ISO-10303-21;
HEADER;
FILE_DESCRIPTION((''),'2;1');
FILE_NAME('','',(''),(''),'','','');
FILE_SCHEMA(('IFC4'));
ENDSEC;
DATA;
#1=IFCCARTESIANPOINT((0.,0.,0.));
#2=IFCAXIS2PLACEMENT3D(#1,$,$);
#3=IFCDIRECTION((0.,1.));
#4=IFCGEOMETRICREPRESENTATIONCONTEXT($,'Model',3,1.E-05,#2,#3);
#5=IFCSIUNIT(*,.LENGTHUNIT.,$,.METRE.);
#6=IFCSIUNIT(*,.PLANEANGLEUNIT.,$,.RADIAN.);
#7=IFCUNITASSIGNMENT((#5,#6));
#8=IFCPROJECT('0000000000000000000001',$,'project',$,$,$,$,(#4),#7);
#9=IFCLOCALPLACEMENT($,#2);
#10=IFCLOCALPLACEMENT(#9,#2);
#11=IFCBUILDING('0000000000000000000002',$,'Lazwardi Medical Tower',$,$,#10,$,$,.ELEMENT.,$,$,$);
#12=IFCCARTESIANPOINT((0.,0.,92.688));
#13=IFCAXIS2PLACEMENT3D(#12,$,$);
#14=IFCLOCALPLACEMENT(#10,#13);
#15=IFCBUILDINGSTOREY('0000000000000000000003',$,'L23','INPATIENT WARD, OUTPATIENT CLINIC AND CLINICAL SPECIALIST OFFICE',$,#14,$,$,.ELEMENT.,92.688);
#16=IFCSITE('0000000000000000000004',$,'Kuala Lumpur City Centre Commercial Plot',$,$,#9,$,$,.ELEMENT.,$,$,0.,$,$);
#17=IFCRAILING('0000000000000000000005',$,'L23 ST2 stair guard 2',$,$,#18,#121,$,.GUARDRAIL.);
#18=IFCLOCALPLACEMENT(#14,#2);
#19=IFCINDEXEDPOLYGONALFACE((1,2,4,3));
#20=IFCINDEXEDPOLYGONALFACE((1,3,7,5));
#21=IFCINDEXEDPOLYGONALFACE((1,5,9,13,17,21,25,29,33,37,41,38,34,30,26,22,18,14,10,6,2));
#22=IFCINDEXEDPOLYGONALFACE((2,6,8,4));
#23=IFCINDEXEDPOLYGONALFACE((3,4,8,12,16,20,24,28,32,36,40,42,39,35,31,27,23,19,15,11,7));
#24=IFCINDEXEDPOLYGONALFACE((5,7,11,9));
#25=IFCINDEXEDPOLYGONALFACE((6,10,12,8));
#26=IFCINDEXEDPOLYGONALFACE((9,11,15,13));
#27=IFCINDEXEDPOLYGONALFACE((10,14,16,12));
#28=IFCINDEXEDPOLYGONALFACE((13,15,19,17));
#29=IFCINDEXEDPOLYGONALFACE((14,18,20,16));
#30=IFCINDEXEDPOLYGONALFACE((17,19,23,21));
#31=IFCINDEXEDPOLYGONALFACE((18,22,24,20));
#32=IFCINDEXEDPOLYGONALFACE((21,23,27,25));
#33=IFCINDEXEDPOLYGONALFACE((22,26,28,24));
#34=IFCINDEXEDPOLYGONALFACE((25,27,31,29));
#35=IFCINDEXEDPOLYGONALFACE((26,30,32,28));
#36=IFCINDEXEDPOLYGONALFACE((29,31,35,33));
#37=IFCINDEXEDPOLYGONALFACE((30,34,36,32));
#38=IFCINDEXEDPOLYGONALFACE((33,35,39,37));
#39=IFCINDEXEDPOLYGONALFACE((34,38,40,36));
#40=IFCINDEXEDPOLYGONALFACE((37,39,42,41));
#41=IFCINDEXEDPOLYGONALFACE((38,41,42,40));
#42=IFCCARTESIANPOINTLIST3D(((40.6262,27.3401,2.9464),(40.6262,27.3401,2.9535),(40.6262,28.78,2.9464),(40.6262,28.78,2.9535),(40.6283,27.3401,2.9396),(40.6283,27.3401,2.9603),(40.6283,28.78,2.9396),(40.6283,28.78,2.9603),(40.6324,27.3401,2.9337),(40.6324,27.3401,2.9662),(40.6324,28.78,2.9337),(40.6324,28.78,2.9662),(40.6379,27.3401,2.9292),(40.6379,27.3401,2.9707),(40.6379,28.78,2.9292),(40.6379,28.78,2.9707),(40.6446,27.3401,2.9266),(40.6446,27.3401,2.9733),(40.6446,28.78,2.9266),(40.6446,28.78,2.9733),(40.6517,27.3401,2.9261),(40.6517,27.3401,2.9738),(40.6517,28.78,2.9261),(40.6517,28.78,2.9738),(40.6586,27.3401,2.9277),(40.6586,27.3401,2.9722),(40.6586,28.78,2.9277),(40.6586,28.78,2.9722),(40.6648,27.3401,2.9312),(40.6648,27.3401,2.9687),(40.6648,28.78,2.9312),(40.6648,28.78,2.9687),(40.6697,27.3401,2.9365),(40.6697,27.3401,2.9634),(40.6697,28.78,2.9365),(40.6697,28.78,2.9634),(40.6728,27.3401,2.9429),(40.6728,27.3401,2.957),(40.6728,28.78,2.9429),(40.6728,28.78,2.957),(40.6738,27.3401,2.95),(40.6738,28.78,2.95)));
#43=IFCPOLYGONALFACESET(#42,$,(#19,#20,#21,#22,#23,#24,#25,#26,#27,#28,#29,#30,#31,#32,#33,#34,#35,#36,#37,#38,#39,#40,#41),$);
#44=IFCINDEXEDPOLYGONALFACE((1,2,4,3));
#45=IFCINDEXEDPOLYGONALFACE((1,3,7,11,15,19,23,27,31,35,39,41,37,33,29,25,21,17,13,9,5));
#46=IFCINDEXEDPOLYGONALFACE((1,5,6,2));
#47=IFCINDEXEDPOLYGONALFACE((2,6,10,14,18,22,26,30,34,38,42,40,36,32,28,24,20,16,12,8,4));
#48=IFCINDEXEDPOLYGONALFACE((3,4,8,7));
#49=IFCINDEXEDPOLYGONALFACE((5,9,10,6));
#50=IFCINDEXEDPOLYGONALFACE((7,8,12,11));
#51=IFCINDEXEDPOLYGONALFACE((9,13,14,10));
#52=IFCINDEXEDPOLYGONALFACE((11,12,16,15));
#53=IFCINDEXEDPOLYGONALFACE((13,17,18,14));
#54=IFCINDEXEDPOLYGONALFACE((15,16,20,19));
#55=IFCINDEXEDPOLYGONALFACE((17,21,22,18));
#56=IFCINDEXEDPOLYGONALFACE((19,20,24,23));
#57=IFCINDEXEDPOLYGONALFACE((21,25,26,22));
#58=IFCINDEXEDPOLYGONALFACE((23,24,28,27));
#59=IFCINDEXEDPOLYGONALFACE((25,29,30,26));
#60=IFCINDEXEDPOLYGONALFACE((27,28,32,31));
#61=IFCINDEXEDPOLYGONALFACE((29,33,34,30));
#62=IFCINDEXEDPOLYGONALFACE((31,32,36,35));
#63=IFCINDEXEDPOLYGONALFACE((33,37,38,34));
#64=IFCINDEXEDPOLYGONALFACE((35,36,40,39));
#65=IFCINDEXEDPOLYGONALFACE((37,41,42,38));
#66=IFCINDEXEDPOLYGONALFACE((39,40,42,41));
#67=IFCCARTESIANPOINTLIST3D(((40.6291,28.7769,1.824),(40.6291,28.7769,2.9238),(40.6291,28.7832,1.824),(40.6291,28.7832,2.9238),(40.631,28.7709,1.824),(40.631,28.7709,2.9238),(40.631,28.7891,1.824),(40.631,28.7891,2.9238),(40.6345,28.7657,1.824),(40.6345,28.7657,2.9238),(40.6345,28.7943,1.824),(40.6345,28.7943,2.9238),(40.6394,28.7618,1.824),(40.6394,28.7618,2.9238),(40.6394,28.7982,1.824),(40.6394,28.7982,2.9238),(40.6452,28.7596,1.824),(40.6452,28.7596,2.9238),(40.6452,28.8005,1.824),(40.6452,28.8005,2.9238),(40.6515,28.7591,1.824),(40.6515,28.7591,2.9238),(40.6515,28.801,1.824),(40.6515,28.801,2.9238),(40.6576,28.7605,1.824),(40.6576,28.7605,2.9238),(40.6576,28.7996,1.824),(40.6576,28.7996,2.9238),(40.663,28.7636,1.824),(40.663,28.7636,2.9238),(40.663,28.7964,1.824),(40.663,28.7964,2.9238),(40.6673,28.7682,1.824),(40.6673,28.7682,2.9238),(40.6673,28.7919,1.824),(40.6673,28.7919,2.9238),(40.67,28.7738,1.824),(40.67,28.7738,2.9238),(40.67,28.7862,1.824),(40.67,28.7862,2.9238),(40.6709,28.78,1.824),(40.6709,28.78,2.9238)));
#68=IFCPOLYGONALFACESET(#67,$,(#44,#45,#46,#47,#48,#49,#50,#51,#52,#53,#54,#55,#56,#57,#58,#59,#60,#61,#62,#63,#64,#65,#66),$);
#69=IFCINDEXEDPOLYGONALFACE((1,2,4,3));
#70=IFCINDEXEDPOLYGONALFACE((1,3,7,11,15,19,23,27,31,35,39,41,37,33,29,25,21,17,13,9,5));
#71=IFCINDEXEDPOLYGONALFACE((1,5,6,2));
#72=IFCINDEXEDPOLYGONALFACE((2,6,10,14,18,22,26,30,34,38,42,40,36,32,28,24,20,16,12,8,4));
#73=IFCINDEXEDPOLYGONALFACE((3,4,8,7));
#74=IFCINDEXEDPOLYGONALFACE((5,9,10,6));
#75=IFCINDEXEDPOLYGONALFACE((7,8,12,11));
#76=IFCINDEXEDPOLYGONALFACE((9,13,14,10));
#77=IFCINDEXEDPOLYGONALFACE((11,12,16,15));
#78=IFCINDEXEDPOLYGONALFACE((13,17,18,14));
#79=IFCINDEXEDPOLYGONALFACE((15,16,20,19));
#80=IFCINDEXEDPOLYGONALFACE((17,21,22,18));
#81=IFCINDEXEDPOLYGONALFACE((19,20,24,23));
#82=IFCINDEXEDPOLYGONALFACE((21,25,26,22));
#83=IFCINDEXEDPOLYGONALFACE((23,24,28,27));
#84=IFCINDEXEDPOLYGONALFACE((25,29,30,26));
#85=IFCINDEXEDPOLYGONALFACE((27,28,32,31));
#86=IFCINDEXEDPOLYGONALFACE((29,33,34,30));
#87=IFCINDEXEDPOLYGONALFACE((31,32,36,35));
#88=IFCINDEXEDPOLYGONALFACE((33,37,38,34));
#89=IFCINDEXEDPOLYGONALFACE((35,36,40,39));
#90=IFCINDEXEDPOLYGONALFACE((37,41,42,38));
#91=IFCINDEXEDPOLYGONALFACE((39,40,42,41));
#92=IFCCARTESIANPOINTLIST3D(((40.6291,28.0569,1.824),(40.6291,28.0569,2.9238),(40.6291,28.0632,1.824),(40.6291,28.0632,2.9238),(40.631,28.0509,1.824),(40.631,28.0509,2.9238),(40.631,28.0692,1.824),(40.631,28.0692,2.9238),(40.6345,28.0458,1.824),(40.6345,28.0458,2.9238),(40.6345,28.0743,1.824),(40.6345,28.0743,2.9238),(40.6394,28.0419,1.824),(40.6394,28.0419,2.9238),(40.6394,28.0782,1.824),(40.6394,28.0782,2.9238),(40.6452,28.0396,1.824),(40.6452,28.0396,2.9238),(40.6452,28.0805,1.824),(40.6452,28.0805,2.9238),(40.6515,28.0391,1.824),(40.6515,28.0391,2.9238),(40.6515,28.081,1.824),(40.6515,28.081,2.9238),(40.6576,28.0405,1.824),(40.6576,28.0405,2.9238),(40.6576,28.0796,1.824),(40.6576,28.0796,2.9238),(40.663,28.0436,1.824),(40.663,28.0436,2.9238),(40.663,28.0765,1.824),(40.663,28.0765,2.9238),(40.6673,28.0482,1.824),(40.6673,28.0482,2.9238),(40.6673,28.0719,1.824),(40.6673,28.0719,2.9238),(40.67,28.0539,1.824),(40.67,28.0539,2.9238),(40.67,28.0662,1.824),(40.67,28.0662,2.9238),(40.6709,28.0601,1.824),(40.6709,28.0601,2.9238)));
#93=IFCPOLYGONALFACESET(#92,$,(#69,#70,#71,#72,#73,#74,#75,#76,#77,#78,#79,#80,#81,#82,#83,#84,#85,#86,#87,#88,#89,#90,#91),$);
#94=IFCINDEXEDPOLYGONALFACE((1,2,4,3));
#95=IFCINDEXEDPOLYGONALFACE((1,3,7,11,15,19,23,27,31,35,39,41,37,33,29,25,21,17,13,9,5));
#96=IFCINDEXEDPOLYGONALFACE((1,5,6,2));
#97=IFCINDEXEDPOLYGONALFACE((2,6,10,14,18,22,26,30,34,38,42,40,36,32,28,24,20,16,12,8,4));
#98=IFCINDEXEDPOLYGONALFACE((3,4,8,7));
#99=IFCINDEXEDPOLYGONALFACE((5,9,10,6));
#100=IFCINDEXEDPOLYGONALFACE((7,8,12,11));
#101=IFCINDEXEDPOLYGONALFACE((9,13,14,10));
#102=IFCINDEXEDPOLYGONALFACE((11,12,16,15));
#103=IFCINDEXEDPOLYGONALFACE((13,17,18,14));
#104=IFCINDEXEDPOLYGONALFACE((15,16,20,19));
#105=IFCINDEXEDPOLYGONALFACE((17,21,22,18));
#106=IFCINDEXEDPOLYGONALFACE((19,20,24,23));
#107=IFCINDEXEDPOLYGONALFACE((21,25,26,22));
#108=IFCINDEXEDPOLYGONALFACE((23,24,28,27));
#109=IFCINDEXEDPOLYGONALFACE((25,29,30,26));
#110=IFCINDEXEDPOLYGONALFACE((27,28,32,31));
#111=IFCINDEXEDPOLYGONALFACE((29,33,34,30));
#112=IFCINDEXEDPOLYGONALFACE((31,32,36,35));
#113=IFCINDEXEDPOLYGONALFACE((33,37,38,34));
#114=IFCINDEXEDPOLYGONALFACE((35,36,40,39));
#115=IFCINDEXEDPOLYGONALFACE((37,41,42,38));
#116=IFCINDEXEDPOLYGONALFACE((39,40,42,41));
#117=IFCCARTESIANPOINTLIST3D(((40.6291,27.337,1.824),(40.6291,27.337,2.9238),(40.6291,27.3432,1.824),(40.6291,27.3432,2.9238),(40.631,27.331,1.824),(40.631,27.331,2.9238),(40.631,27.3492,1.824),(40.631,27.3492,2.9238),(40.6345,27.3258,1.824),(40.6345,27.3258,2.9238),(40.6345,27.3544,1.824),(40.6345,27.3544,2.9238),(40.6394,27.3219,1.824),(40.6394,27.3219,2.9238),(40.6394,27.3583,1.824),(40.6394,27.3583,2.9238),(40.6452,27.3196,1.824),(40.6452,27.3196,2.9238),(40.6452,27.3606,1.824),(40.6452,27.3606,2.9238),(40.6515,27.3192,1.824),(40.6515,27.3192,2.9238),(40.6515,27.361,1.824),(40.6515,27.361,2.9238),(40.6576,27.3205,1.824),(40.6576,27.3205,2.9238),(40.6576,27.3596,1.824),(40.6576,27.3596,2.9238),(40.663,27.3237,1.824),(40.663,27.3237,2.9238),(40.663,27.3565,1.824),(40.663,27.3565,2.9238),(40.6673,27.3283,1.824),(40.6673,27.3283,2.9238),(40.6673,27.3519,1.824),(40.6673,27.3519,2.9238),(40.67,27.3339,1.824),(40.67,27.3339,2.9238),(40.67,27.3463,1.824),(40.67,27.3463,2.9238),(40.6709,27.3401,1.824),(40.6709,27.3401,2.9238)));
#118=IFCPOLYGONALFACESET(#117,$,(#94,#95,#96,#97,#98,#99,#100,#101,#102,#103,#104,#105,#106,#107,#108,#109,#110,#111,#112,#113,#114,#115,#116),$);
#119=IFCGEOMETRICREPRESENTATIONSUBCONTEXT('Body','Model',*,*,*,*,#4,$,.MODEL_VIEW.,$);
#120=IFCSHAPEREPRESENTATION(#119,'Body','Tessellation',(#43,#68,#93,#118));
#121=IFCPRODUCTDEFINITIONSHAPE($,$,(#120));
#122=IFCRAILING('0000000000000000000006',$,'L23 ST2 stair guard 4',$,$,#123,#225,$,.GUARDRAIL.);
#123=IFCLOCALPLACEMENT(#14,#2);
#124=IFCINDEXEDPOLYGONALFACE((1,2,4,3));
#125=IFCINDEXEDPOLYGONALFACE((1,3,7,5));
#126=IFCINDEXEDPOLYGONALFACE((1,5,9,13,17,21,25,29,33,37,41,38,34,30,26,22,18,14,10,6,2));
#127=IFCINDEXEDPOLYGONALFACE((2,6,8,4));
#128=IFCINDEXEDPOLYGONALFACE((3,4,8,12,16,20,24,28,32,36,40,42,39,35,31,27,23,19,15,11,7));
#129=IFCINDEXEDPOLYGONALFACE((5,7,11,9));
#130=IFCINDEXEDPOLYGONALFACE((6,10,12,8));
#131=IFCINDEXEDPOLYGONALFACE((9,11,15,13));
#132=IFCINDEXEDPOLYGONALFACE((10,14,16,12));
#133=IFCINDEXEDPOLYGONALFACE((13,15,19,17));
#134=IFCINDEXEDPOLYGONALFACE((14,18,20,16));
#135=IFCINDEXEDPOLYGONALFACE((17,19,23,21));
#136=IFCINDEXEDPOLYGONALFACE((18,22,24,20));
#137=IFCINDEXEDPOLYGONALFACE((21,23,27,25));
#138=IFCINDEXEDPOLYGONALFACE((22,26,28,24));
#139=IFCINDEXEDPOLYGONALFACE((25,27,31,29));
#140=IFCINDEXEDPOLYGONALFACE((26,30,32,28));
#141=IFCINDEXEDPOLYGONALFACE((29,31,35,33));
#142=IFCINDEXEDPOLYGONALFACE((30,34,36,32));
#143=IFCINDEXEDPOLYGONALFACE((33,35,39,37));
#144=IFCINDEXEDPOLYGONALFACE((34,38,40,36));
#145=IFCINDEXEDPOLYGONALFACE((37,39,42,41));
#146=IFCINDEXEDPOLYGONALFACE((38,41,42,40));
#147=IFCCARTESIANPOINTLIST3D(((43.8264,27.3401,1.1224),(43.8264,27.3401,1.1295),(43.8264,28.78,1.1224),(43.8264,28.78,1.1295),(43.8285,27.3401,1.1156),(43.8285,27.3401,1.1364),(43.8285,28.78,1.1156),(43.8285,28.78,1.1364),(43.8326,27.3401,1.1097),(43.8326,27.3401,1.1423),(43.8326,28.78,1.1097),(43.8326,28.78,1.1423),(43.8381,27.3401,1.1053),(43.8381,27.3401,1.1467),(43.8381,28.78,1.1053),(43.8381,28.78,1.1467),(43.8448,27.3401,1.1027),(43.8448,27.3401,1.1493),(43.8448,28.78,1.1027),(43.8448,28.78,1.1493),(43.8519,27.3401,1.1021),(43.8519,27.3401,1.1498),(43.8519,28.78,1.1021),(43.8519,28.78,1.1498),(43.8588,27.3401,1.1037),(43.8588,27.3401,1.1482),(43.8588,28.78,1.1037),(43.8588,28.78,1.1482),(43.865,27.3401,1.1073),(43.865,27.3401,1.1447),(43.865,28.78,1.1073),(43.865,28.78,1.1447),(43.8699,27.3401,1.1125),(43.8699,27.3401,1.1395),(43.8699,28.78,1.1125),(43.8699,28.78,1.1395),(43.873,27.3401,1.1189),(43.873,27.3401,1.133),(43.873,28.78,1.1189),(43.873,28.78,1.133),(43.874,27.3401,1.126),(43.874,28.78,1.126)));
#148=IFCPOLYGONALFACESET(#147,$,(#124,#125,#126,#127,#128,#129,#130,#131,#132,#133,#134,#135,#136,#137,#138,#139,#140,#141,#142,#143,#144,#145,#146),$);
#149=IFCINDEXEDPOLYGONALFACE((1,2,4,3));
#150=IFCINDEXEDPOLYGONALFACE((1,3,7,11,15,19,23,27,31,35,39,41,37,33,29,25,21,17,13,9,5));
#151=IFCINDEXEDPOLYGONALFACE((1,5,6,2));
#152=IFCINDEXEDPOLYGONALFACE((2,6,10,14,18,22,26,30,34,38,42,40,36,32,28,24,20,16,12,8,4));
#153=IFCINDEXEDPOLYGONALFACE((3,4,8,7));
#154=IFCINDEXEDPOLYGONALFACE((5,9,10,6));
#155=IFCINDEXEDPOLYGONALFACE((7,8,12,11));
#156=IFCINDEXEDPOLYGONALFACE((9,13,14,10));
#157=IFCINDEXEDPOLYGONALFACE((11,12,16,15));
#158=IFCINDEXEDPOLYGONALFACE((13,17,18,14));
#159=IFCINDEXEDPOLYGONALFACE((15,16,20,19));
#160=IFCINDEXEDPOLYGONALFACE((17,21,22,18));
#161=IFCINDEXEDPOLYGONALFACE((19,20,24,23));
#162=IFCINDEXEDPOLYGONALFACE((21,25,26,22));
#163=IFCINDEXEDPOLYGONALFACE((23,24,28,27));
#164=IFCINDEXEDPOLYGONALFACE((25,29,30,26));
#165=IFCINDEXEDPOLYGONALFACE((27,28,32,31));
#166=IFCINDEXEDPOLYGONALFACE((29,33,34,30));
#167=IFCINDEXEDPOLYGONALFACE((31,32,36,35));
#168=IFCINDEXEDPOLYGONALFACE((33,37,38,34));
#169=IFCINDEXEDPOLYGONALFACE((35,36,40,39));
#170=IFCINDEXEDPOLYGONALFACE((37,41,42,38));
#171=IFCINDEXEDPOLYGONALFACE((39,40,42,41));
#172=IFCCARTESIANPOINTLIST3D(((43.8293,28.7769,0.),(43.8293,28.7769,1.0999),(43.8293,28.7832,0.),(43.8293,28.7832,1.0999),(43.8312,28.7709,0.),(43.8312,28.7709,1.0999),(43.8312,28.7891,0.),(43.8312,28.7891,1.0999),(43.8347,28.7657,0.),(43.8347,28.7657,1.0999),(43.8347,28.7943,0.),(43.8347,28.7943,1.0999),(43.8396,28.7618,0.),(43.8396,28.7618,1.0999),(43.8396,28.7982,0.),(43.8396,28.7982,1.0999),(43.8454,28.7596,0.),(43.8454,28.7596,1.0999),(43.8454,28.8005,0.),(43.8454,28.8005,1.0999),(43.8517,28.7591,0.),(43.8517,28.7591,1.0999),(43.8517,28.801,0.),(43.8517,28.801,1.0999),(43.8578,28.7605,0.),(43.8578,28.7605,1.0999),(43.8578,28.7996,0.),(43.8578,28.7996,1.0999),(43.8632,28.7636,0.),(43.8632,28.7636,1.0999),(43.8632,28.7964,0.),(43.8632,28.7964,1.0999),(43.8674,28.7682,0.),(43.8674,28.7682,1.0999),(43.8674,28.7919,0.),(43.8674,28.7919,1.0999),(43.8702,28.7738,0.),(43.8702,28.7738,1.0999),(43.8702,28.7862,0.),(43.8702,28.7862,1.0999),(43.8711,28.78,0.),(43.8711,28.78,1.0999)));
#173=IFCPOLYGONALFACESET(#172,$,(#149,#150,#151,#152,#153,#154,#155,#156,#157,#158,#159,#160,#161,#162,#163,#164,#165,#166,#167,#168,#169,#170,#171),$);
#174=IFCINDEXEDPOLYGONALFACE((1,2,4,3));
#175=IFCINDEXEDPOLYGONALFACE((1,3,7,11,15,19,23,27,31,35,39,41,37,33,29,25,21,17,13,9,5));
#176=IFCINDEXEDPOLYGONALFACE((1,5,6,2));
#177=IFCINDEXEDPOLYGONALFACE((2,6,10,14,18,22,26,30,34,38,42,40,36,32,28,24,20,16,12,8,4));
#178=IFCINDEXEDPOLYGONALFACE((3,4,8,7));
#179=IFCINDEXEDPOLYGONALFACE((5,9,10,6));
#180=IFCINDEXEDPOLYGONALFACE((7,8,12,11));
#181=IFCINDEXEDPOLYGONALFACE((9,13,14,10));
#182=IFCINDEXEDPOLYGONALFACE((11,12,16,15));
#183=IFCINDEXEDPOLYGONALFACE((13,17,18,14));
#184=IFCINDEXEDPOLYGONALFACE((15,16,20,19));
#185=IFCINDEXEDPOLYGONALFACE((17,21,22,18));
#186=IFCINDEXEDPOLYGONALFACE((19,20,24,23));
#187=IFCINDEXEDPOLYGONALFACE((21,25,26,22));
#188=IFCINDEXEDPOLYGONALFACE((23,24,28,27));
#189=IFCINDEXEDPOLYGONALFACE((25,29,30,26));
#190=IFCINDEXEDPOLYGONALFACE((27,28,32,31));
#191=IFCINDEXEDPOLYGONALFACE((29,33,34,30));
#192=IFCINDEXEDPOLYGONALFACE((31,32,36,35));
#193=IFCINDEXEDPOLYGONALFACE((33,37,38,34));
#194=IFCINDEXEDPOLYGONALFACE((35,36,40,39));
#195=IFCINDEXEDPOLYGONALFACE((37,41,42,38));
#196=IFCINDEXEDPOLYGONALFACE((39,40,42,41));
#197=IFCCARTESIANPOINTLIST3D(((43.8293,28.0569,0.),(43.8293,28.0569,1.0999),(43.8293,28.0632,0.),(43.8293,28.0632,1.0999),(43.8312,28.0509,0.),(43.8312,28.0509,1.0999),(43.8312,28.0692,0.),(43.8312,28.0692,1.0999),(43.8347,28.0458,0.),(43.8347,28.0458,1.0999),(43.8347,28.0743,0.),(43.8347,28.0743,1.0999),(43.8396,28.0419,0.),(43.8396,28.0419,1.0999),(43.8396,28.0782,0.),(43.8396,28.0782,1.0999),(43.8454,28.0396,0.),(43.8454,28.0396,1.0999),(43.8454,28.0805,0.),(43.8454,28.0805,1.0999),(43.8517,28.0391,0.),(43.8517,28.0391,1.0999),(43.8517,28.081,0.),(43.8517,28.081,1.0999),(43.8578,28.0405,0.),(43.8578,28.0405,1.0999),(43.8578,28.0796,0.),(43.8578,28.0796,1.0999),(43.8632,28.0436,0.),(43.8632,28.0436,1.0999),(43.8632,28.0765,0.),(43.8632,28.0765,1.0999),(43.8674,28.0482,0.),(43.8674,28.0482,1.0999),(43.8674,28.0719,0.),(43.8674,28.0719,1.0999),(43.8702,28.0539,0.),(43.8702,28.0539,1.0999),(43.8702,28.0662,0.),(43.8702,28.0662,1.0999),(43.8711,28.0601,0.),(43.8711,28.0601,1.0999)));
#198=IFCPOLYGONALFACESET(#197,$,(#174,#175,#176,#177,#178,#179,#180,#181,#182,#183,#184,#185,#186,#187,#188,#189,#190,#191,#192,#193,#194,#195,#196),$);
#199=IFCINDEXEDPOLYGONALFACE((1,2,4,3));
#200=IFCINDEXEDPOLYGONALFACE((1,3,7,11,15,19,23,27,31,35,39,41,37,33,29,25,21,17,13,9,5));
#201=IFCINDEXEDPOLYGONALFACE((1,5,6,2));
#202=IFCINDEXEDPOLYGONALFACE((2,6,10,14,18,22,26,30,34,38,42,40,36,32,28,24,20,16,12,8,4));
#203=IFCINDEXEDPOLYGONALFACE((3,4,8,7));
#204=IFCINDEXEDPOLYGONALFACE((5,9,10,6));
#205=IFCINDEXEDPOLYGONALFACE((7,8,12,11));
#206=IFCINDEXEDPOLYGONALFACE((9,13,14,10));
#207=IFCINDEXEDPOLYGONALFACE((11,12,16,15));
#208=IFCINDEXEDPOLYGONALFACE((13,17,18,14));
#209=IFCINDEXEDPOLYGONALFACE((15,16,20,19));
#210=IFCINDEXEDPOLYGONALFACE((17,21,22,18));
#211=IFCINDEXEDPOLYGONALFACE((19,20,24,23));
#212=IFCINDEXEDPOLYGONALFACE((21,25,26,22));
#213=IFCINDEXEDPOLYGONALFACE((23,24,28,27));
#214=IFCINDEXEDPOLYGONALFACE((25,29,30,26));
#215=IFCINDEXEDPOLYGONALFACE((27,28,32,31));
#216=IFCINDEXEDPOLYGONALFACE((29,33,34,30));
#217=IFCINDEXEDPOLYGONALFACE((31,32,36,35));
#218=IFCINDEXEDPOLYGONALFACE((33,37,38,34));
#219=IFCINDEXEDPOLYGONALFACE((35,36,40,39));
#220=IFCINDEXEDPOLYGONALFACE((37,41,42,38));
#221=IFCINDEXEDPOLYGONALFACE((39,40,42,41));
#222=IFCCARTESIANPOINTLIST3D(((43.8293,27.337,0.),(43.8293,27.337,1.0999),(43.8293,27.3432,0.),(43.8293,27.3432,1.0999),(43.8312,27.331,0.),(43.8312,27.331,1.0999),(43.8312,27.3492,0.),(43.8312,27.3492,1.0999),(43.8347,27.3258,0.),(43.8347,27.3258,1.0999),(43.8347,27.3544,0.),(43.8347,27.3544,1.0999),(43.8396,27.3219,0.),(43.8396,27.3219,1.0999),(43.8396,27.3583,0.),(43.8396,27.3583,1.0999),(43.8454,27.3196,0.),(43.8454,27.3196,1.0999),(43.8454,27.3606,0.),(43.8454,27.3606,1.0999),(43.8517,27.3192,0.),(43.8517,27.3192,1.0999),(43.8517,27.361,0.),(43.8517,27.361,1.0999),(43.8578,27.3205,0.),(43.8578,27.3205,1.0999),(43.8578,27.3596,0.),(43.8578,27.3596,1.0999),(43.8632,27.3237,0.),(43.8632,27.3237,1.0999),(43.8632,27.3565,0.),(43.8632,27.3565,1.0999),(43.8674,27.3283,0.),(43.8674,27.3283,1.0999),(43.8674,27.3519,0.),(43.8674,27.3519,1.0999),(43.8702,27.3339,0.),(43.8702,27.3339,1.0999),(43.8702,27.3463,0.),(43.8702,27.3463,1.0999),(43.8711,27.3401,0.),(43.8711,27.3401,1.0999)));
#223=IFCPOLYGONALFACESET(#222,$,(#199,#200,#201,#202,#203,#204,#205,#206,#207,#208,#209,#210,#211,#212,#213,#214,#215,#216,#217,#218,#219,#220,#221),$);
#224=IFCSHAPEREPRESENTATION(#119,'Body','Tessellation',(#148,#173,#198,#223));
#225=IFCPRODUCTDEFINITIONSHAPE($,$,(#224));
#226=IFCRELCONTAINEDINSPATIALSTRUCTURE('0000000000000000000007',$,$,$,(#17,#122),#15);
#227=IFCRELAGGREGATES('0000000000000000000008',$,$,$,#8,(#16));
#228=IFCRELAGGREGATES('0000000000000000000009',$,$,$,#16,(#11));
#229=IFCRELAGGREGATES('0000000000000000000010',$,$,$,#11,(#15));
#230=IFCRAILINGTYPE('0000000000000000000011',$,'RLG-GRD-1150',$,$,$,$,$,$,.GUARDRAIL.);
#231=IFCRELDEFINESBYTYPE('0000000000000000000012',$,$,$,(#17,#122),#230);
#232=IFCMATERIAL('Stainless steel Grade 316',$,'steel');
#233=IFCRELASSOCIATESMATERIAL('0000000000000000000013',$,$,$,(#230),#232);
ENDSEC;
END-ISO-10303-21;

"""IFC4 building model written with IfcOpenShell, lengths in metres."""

from ifc_helpers import new_model, si_unit, direction, frame, origin, origin_2d, place, context, subcontext, project, spatial, circle, extrude, material, type_object, element, save


model = new_model("IFC4")

# Units and contexts
model_context = context("Model", 3, precision=1e-05, world=origin(), true_north=direction((0.0, 1.0)))
body_context = subcontext(model_context, "Body", "Model", "MODEL_VIEW")
ifc_project = project(units=[si_unit("LENGTHUNIT", "METRE"), si_unit("PLANEANGLEUNIT", "RADIAN")], contexts=[model_context])

# Site, building, storey
site_placement = place(None, origin())
site = spatial("IfcSite", under=ifc_project, at=site_placement, Name="Kuala Lumpur City Centre Commercial Plot", CompositionType="ELEMENT", RefElevation=0.0)
building_placement = place(site_placement, origin())
building = spatial("IfcBuilding", under=site, at=building_placement, Name="Lazwardi Medical Tower", CompositionType="ELEMENT")
storey_placement = place(building_placement, frame((0.0, 0.0, 92.688)))
storey = spatial("IfcBuildingStorey", under=building, at=storey_placement, Name="L23", Description="INPATIENT WARD, OUTPATIENT CLINIC AND CLINICAL SPECIALIST OFFICE", CompositionType="ELEMENT", Elevation=92.688)

# Railings
ifc_material_1 = material(Name="Stainless steel Grade 316", Category="steel")
railing_type_1 = type_object("IfcRailingType", Name="RLG-GRD-1150", PredefinedType="GUARDRAIL", material=ifc_material_1)
for number, where, name in (
    (1, (40.6499, 28.78, 1.824), "L23 ST2 stair guard 2"),
    (2, (43.8501, 28.78, 0.0), "L23 ST2 stair guard 4"),
):
    element("IfcRailing", number, at=place(storey_placement, frame(where)), inside=storey, type_object=railing_type_1, Name=name, PredefinedType="GUARDRAIL", context=body_context, shape_type="SweptSolid", body=[
        extrude(circle(Radius=0.0239, at=origin_2d()), frame((0.0, 0.0, 1.126), z_axis=(0.0, -1.0, 0.0), x_axis=(1.0, 0.0, 0.0)), (0.0, 0.0, 1.0), 1.4399),
        extrude(circle(Radius=0.021, at=origin_2d()), origin(), (0.0, 0.0, 1.0), 1.0999),
        extrude(circle(Radius=0.021, at=origin_2d()), frame((0.0, -0.72, 0.0)), (0.0, 0.0, 1.0), 1.0999),
        extrude(circle(Radius=0.021, at=origin_2d()), frame((0.0, -1.4399, 0.0)), (0.0, 0.0, 1.0), 1.0999),
    ])

save(model, "model.ifc")
